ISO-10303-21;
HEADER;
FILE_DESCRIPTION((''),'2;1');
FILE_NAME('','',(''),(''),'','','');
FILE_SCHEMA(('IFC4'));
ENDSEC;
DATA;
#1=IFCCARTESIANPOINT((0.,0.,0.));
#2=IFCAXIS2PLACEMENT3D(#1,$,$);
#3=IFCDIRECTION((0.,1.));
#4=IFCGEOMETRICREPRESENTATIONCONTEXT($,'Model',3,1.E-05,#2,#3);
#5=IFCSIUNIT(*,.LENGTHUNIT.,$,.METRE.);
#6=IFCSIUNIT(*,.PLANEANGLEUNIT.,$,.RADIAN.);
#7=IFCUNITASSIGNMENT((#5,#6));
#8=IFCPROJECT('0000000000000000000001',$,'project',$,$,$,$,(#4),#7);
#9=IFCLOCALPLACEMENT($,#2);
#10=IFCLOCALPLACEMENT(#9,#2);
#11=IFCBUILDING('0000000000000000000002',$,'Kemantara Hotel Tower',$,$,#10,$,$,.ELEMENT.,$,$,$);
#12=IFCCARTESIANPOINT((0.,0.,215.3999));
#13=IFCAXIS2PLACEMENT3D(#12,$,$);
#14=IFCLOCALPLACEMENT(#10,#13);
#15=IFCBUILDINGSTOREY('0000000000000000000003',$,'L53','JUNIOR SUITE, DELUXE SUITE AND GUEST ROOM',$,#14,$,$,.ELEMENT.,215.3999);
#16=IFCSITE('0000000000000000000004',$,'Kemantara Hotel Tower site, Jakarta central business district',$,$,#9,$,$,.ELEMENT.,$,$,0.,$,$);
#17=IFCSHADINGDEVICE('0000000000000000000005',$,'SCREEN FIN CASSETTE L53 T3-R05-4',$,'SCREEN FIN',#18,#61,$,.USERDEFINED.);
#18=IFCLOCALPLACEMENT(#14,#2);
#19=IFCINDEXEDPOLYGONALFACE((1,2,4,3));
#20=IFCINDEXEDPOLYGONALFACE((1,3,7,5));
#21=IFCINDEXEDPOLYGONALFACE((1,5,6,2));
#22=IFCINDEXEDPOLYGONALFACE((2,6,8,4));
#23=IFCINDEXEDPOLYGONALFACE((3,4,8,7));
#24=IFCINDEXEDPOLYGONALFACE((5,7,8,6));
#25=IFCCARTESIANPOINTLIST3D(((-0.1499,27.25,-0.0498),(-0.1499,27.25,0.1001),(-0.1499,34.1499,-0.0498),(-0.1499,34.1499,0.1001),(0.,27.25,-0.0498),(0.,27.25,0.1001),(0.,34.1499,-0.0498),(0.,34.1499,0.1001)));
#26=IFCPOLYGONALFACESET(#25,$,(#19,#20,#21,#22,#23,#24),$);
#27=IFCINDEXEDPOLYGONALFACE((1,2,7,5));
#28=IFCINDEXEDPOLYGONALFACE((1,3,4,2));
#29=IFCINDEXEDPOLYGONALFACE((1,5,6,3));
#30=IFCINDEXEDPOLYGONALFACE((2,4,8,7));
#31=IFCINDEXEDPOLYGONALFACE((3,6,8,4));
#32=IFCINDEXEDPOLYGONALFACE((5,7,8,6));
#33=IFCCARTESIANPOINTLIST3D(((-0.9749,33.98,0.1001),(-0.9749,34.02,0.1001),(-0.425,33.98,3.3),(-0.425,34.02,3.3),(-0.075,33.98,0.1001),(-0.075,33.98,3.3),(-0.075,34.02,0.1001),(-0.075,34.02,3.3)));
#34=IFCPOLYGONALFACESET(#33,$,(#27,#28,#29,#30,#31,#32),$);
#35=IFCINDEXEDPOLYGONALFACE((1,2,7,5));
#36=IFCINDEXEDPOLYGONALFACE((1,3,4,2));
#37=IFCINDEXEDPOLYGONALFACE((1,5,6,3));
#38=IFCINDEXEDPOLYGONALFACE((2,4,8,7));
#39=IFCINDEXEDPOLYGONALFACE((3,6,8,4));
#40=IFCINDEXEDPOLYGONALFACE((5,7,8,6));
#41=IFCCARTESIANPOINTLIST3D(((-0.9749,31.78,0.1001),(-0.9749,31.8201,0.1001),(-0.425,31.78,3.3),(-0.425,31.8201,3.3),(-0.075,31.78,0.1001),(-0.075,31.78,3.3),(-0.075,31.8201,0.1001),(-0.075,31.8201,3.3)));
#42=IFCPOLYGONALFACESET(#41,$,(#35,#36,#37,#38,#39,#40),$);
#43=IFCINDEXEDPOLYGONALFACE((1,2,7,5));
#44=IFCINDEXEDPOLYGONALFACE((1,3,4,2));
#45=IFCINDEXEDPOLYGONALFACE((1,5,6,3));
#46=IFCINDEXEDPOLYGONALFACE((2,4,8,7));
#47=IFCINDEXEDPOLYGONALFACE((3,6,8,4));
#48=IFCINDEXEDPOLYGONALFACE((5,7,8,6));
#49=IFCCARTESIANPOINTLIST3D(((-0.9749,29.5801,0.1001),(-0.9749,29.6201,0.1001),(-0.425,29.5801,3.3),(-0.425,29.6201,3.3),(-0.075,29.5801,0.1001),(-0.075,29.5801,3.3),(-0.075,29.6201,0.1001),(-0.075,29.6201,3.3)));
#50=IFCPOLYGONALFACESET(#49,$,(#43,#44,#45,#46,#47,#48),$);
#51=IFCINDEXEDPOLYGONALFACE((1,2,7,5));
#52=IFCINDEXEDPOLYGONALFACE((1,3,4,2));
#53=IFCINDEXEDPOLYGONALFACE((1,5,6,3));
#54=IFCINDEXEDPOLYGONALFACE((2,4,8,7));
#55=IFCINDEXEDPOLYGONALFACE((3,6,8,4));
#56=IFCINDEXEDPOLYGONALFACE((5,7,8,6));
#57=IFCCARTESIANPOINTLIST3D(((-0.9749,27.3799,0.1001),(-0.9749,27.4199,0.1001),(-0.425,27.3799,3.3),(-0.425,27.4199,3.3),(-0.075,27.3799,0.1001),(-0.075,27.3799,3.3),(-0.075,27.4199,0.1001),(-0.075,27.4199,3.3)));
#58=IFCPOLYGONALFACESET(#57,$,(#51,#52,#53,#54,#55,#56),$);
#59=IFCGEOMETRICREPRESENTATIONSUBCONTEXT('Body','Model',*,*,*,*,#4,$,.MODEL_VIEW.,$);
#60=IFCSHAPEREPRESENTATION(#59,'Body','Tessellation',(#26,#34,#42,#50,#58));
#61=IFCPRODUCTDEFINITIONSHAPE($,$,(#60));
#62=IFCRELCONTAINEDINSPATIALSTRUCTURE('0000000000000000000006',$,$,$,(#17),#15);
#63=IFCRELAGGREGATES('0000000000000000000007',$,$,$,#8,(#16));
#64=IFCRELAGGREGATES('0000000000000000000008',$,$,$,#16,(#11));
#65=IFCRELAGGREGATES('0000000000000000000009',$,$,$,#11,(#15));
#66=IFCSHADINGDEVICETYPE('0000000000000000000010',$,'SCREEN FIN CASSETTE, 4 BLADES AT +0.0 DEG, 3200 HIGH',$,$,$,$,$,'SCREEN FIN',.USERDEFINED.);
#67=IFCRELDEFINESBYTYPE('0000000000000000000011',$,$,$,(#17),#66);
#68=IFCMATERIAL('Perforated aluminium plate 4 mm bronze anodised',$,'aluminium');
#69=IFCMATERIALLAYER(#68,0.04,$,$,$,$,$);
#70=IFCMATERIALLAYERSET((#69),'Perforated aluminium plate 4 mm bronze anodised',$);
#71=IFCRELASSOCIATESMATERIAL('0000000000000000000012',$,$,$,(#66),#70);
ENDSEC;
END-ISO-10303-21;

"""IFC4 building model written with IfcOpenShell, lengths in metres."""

from ifc_helpers import new_model, si_unit, direction, frame, origin, origin_2d, place, context, subcontext, project, spatial, polyline, rectangle, outline, extrude, source, transform, mapped, material, layer, layer_set, type_object, element, save


model = new_model("IFC4")

# Units and contexts
model_context = context("Model", 3, precision=1e-05, world=origin(), true_north=direction((0.0, 1.0)))
body_context = subcontext(model_context, "Body", "Model", "MODEL_VIEW")
ifc_project = project(units=[si_unit("LENGTHUNIT", "METRE"), si_unit("PLANEANGLEUNIT", "RADIAN")], contexts=[model_context])

# Site, building, storey
site_placement = place(None, origin())
site = spatial("IfcSite", under=ifc_project, at=site_placement, Name="Kemantara Hotel Tower site, Jakarta central business district", CompositionType="ELEMENT", RefElevation=0.0)
building_placement = place(site_placement, origin())
building = spatial("IfcBuilding", under=site, at=building_placement, Name="Kemantara Hotel Tower", CompositionType="ELEMENT")
storey_placement = place(building_placement, frame((0.0, 0.0, 215.3999)))
storey = spatial("IfcBuildingStorey", under=building, at=storey_placement, Name="L53", Description="JUNIOR SUITE, DELUXE SUITE AND GUEST ROOM", CompositionType="ELEMENT", Elevation=215.3999)

# Shading device
ifc_material_1 = material(Name="Perforated aluminium plate 4 mm bronze anodised", Category="aluminium")
ifc_layer_1 = layer(ifc_material_1, 0.04)
ifc_layer_set_1 = layer_set([ifc_layer_1], Name="Perforated aluminium plate 4 mm bronze anodised")
shading_device_type = type_object("IfcShadingDeviceType", Name="SCREEN FIN CASSETTE, 4 BLADES AT +0.0 DEG, 3200 HIGH", ElementType="SCREEN FIN", PredefinedType="USERDEFINED", material=ifc_layer_set_1)
shared_shape_1 = source(origin(), body_context, "Body", "SweptSolid", [
    extrude(rectangle(XDim=6.8999, YDim=0.1499, at=origin_2d()), frame((3.3, -0.075, -0.1499), z_axis=(0.0, 0.0, 1.0), x_axis=(1.0, 0.0, 0.0)), (0.0, 0.0, 1.0), 0.1499),
    extrude(outline(polyline([(0.0, 0.0), (0.8999, 0.0), (0.3501, 3.2), (0.0, 3.2), (0.0, 0.0)])), frame((0.02, -0.075, 0.0), z_axis=(-1.0, 0.0, 0.0), x_axis=(0.0, -1.0, 0.0)), (0.0, 0.0, 1.0), 0.04),
    extrude(outline(polyline([(0.0, 0.0), (0.8999, 0.0), (0.3501, 3.2), (0.0, 3.2), (0.0, 0.0)])), frame((2.22, -0.075, 0.0), z_axis=(-1.0, 0.0, 0.0), x_axis=(0.0, -1.0, 0.0)), (0.0, 0.0, 1.0), 0.04),
    extrude(outline(polyline([(0.0, 0.0), (0.8999, 0.0), (0.3501, 3.2), (0.0, 3.2), (0.0, 0.0)])), frame((4.4199, -0.075, 0.0), z_axis=(-1.0, 0.0, 0.0), x_axis=(0.0, -1.0, 0.0)), (0.0, 0.0, 1.0), 0.04),
    extrude(outline(polyline([(0.0, 0.0), (0.8999, 0.0), (0.3501, 3.2), (0.0, 3.2), (0.0, 0.0)])), frame((6.6201, -0.075, 0.0), z_axis=(-1.0, 0.0, 0.0), x_axis=(0.0, -1.0, 0.0)), (0.0, 0.0, 1.0), 0.04),
])
shading_device_placement = place(storey_placement, frame((0.0, 34.0, 0.1001), z_axis=(0.0, 0.0, 1.0), x_axis=(0.0, -1.0, 0.0)))
element("IfcShadingDevice", 1, at=shading_device_placement, inside=storey, type_object=shading_device_type, Name="SCREEN FIN CASSETTE L53 T3-R05-4", ObjectType="SCREEN FIN", PredefinedType="USERDEFINED", context=body_context, shape_type="MappedRepresentation", body=[
    mapped(shared_shape_1, transform((0.0, 0.0, 0.0))),
])

save(model, "model.ifc")
